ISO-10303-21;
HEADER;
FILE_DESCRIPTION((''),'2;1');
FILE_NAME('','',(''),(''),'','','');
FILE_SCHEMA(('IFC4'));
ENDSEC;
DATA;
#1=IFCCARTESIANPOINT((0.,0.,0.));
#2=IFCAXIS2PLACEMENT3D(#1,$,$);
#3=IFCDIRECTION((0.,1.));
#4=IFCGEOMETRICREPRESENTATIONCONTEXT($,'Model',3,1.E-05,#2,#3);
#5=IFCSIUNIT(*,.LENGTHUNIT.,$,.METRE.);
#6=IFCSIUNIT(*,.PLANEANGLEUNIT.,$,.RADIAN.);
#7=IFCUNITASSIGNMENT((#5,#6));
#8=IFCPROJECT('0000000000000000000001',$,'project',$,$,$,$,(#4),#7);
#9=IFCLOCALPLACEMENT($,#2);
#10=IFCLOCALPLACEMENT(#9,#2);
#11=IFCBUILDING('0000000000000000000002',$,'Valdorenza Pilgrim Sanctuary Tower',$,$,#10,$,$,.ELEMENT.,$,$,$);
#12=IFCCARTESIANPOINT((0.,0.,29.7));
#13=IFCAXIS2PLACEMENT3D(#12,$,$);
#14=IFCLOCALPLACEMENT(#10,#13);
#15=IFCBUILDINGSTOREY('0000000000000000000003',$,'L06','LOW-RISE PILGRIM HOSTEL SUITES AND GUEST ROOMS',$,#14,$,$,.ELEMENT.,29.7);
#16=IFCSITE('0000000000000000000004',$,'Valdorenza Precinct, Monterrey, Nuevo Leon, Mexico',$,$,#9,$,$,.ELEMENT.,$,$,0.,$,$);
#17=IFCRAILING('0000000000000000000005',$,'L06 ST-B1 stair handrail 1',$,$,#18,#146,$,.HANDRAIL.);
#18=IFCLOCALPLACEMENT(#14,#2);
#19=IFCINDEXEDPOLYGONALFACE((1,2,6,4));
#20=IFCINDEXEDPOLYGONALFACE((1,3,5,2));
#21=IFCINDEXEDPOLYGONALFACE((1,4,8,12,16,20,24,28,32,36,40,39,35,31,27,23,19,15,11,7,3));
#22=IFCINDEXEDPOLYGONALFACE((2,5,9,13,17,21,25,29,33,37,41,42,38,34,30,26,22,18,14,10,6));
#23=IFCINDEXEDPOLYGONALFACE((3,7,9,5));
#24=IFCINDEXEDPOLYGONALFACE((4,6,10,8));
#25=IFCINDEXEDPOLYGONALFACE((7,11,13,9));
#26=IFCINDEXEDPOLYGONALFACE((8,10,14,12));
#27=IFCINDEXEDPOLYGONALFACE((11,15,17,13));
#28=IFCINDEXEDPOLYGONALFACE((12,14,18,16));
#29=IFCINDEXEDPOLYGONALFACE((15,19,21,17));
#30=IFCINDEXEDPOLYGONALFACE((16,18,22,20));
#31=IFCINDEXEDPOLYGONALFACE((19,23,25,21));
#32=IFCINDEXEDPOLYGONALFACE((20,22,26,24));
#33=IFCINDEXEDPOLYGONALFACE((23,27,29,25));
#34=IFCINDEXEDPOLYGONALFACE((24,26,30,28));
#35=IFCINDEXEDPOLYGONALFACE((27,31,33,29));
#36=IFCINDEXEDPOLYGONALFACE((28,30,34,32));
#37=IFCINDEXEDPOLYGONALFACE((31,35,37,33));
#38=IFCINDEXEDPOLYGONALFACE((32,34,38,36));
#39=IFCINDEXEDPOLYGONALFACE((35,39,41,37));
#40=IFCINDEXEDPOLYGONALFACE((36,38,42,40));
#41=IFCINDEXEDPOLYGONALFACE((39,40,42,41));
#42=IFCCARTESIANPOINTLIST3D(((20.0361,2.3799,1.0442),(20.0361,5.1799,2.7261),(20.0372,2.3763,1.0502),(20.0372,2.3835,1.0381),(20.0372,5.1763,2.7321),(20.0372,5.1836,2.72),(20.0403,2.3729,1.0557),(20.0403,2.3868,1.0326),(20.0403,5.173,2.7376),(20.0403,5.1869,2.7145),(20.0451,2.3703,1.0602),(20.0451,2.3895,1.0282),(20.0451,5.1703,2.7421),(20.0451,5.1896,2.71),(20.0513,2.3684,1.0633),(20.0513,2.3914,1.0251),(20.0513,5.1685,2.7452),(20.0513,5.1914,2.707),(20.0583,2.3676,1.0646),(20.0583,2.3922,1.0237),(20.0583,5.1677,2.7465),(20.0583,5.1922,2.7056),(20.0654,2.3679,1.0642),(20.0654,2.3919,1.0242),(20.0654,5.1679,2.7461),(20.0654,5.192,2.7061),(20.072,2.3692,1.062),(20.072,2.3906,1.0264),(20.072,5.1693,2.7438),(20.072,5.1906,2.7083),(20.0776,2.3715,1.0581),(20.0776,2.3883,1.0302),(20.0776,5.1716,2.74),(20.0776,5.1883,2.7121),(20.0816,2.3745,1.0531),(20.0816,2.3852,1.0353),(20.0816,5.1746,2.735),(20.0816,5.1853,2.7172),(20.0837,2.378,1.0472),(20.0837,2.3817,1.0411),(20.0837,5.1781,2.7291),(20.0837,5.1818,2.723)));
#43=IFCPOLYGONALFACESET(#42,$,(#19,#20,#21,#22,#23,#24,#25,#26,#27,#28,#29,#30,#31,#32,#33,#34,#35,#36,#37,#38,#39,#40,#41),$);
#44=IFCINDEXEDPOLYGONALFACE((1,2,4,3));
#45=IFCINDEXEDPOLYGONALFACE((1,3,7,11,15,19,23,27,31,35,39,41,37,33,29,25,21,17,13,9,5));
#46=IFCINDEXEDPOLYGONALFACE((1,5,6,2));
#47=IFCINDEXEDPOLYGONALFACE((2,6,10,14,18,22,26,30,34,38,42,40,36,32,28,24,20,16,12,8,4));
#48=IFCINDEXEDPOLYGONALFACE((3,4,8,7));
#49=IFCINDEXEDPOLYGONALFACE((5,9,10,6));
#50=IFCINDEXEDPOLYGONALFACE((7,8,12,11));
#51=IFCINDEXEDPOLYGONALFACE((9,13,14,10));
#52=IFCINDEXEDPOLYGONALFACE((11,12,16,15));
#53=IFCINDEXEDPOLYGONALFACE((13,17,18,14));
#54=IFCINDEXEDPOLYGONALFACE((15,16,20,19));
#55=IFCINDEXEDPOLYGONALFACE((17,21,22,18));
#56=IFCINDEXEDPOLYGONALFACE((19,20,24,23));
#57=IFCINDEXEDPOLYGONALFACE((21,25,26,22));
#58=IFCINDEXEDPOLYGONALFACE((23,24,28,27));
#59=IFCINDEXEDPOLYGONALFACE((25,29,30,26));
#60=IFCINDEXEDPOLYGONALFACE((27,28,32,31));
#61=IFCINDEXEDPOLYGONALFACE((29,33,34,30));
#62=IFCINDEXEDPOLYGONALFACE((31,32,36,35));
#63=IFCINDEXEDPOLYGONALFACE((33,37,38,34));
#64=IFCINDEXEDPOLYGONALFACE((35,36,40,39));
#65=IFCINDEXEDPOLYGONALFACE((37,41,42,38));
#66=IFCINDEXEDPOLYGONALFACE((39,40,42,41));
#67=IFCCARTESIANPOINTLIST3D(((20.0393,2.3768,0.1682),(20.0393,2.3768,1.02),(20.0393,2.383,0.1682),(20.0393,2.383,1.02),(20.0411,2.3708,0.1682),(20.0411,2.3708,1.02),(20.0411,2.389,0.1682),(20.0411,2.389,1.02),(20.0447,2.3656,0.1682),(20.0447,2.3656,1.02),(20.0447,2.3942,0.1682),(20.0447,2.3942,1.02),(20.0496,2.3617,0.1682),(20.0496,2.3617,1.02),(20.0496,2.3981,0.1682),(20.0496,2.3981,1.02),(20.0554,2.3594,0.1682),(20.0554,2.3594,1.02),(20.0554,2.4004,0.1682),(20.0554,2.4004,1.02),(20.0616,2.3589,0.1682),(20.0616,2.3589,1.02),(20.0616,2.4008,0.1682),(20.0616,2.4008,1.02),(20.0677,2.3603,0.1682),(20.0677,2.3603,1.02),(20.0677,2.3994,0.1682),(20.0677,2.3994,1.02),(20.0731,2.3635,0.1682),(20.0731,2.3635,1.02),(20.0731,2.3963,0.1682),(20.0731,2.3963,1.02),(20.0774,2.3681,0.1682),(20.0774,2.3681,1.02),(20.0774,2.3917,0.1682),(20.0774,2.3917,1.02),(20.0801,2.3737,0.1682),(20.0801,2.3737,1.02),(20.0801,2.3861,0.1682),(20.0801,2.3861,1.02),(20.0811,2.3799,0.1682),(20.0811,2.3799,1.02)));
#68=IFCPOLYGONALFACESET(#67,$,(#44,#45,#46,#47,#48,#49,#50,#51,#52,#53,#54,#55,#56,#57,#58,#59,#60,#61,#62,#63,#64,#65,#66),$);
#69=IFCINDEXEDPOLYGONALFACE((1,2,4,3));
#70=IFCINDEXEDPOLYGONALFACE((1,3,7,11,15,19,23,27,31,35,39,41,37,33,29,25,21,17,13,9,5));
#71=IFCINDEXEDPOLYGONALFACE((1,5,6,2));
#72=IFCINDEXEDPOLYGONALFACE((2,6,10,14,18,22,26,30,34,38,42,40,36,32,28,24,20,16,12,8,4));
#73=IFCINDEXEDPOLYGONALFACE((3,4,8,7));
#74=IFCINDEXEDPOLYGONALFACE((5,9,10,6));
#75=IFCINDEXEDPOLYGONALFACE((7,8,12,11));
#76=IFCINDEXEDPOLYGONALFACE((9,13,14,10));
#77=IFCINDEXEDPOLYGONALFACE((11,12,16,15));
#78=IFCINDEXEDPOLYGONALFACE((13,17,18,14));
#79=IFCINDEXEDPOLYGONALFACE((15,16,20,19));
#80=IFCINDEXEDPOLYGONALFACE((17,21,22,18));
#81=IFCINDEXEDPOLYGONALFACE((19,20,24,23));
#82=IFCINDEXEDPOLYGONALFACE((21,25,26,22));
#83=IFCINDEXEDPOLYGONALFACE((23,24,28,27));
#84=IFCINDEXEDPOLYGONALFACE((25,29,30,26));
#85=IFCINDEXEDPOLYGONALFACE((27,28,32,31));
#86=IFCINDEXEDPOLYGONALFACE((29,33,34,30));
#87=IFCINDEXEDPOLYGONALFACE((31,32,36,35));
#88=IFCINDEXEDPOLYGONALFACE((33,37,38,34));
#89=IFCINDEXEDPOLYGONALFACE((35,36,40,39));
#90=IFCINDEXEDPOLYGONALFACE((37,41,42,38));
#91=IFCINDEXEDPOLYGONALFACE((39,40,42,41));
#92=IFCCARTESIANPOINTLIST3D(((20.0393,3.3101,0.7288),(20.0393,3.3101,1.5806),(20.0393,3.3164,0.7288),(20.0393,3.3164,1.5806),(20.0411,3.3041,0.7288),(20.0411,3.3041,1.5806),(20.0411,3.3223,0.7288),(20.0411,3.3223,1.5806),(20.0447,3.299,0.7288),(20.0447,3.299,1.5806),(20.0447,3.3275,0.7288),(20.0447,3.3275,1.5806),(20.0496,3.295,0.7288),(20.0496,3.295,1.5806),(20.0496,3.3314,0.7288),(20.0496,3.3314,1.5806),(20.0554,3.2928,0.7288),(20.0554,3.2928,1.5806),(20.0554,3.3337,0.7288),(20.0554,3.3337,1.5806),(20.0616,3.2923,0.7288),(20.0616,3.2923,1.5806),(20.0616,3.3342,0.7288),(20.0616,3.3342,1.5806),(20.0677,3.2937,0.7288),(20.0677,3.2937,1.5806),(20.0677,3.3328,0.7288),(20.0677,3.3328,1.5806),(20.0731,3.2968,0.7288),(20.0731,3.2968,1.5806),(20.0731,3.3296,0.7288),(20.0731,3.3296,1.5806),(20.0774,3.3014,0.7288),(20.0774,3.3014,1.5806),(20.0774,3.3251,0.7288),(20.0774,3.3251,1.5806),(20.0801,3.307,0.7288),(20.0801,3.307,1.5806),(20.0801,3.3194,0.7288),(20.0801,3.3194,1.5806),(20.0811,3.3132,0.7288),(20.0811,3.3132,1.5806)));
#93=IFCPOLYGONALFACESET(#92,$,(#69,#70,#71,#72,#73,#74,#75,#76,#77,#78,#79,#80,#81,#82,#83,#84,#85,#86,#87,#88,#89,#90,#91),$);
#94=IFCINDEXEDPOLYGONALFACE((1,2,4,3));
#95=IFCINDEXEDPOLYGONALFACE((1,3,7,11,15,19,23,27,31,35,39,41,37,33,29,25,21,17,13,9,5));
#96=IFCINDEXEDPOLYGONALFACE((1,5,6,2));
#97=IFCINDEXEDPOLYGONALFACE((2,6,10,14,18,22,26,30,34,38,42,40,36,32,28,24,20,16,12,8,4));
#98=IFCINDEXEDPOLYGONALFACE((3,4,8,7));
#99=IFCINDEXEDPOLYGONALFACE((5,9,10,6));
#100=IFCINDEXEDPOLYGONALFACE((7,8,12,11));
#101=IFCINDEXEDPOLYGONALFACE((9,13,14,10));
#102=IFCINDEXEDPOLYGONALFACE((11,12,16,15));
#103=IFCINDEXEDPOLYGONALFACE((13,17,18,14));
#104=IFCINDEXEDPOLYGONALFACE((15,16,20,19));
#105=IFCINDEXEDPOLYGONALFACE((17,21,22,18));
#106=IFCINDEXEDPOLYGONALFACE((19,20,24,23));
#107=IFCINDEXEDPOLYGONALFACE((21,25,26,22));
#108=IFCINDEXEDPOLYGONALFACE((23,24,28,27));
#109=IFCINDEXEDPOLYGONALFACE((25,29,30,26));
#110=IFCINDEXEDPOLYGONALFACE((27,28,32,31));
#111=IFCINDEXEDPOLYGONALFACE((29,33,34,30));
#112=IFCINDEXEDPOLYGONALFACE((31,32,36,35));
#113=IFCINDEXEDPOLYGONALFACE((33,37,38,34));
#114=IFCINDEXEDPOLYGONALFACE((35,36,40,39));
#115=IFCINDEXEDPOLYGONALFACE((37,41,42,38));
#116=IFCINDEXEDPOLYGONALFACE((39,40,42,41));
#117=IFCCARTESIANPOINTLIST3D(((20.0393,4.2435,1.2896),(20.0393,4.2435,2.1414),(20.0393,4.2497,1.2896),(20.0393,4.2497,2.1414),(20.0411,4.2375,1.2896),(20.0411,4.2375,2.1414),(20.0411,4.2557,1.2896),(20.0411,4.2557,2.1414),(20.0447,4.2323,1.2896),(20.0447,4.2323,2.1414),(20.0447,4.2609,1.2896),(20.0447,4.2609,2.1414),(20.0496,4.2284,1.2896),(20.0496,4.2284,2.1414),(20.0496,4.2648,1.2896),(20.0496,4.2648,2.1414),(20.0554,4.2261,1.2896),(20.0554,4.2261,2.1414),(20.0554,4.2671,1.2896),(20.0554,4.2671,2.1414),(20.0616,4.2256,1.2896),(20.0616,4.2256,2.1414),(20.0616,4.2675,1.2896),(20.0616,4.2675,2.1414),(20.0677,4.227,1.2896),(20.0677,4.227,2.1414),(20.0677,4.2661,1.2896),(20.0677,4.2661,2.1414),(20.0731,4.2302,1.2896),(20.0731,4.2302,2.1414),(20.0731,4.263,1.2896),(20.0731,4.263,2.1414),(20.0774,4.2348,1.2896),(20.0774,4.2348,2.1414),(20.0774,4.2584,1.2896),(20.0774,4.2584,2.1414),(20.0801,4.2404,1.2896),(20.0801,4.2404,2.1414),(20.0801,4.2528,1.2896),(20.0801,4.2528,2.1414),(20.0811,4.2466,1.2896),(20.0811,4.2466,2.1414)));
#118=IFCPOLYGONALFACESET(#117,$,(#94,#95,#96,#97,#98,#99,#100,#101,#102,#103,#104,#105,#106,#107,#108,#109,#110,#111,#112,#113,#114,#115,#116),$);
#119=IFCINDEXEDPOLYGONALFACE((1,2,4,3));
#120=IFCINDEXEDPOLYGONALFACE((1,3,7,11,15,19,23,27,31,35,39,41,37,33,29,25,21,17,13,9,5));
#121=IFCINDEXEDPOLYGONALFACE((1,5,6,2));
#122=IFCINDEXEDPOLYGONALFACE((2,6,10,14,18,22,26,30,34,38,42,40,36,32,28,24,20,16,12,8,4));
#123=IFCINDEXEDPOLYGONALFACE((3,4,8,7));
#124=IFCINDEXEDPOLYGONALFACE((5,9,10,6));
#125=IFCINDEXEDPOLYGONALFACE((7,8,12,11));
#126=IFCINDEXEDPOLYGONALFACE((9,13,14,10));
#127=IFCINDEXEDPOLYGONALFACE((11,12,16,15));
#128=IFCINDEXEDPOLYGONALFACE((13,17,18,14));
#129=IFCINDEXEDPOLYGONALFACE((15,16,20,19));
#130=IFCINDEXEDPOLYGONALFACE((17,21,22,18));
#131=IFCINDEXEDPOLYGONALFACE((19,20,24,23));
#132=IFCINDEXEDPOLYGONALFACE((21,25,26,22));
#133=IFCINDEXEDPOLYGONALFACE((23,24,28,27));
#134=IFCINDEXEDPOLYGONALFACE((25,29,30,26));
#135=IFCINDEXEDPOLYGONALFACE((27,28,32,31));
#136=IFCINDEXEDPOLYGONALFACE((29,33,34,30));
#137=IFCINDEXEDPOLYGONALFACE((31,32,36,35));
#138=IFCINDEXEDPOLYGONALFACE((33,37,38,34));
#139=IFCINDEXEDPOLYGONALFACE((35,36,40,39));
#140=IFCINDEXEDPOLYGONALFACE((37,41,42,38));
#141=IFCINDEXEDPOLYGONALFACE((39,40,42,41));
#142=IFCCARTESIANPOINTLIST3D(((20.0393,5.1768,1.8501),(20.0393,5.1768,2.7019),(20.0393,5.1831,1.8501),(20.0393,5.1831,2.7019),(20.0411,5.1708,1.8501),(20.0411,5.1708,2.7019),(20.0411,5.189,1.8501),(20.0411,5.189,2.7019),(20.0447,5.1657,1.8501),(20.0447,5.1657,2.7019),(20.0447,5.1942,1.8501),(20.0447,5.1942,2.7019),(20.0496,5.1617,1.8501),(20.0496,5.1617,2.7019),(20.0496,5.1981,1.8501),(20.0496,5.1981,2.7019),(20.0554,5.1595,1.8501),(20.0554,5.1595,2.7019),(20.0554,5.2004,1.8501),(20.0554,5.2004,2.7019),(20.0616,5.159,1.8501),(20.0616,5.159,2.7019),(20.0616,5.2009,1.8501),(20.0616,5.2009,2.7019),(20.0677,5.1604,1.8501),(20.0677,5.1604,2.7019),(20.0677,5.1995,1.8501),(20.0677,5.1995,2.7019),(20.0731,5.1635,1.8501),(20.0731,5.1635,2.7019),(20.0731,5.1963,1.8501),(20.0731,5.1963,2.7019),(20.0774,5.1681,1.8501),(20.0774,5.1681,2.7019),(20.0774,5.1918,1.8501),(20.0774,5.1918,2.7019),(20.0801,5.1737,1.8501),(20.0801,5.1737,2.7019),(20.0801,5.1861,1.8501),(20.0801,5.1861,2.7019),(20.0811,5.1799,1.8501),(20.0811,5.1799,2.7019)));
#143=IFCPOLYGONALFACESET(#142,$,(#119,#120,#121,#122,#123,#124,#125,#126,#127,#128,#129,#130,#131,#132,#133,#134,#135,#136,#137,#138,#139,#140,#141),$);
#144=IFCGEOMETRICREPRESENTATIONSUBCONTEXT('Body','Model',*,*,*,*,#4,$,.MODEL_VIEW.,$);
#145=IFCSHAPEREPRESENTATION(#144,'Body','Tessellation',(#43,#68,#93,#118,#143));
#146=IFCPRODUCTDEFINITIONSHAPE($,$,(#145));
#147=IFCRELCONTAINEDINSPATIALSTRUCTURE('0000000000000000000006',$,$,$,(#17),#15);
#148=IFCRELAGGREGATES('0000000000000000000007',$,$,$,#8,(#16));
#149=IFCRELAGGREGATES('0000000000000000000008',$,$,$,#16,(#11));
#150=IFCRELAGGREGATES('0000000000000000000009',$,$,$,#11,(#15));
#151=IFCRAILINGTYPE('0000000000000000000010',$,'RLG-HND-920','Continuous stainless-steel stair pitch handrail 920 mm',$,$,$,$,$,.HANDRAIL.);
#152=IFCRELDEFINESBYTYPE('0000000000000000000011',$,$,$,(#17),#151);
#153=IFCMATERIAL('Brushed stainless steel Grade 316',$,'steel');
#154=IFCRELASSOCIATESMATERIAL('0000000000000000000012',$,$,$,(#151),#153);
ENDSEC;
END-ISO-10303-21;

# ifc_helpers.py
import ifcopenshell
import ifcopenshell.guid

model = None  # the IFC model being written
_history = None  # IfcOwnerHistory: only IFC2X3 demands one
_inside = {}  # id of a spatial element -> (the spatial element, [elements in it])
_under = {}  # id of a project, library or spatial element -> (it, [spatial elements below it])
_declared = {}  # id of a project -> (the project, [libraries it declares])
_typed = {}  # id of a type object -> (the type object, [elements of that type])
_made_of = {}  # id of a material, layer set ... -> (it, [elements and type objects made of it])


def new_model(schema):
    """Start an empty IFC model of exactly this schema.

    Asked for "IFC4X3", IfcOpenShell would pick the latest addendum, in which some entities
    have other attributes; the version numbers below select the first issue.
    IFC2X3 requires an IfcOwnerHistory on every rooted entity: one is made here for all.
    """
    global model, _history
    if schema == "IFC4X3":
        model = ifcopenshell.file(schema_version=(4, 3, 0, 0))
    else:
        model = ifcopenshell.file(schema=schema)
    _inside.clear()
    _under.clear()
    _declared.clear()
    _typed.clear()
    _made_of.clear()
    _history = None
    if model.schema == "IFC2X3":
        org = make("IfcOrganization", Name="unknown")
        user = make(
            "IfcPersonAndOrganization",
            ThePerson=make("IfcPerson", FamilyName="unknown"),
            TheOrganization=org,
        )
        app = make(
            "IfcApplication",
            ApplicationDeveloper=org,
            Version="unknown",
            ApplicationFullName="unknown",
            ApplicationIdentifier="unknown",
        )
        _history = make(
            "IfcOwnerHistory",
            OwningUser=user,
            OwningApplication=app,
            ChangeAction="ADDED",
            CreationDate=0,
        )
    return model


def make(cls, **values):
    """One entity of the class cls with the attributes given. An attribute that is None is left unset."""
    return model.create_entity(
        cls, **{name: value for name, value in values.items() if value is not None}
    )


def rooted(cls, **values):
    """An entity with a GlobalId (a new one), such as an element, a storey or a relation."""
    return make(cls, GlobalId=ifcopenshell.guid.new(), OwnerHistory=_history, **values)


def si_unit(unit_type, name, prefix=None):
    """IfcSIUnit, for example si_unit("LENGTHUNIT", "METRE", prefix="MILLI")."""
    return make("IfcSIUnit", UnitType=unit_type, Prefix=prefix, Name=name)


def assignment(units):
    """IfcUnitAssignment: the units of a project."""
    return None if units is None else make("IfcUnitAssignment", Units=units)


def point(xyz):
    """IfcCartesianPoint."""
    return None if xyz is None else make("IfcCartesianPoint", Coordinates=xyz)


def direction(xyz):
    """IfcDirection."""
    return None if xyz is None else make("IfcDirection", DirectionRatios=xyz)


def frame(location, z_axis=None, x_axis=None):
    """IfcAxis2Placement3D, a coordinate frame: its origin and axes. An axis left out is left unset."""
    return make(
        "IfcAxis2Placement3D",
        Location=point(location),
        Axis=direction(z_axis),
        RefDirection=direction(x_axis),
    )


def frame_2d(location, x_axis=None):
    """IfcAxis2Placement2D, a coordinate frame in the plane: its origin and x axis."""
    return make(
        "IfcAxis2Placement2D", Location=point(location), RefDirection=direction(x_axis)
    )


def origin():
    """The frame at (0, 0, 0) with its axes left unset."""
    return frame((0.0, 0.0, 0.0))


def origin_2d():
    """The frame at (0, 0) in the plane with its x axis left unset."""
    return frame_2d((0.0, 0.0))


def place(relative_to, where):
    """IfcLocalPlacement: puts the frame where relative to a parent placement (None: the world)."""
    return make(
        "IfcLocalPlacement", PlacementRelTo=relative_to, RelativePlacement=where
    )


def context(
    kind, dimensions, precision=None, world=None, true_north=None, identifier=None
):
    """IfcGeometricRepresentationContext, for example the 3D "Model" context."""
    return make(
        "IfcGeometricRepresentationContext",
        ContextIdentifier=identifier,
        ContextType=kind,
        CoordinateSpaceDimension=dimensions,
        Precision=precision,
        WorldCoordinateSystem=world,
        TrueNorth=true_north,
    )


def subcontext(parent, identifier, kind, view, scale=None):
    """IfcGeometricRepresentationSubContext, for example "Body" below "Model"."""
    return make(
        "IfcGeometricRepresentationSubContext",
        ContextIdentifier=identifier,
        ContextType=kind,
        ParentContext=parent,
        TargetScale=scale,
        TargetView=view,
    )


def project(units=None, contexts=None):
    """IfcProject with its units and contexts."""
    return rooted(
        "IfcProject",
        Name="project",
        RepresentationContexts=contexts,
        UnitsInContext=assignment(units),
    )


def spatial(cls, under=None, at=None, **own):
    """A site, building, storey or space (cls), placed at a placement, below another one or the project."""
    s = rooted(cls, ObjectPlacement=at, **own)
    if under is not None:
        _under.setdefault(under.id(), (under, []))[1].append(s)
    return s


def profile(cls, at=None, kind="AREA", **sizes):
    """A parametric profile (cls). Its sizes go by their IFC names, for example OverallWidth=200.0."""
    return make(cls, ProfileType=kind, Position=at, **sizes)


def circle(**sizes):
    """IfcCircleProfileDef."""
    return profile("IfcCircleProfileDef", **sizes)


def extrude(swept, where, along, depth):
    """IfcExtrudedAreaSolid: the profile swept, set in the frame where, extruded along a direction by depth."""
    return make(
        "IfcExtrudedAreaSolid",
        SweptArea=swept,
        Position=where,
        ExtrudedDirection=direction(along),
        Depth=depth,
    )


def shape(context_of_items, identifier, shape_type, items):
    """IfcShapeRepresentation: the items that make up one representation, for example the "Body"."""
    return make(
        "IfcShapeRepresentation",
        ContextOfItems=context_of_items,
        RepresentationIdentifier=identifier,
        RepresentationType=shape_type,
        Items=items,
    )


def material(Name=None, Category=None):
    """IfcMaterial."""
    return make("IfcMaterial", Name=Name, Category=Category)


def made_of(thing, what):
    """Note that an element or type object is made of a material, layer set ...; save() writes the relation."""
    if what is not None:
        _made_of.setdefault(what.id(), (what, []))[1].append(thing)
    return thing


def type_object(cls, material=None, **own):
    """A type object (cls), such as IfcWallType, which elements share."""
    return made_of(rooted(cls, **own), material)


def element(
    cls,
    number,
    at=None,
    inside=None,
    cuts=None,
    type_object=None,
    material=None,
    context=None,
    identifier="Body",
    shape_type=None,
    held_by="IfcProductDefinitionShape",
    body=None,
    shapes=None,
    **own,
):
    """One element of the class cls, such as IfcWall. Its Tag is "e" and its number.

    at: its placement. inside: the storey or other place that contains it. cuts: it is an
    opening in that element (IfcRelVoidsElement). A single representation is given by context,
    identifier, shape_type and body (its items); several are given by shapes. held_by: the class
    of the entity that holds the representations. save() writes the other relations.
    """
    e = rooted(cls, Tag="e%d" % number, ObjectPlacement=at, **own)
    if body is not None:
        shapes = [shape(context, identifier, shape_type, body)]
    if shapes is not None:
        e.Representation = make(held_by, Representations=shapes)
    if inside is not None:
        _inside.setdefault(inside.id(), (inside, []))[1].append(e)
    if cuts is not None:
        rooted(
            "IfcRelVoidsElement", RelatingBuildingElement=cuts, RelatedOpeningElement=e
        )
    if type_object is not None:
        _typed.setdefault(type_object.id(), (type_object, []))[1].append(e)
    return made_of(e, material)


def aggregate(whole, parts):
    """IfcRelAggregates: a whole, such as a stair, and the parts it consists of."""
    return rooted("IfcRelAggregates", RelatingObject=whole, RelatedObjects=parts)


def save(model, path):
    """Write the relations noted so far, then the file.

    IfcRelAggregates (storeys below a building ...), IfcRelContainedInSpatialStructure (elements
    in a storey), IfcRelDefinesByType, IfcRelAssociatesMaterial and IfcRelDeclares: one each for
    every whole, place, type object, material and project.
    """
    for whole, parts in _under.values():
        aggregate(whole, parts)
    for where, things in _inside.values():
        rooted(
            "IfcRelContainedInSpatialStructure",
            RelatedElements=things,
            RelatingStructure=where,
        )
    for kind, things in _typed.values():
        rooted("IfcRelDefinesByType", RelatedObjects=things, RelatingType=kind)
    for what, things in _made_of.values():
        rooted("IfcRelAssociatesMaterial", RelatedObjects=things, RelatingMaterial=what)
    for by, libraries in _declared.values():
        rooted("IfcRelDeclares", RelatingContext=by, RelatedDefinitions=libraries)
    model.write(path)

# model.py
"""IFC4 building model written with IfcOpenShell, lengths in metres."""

from ifc_helpers import new_model, si_unit, direction, frame, origin, origin_2d, place, context, subcontext, project, spatial, circle, extrude, material, type_object, element, save


model = new_model("IFC4")

# Units and contexts
model_context = context("Model", 3, precision=1e-05, world=origin(), true_north=direction((0.0, 1.0)))
body_context = subcontext(model_context, "Body", "Model", "MODEL_VIEW")
ifc_project = project(units=[si_unit("LENGTHUNIT", "METRE"), si_unit("PLANEANGLEUNIT", "RADIAN")], contexts=[model_context])

# Site, building, storey
site_placement = place(None, origin())
site = spatial("IfcSite", under=ifc_project, at=site_placement, Name="Valdorenza Precinct, Monterrey, Nuevo Leon, Mexico", CompositionType="ELEMENT", RefElevation=0.0)
building_placement = place(site_placement, origin())
building = spatial("IfcBuilding", under=site, at=building_placement, Name="Valdorenza Pilgrim Sanctuary Tower", CompositionType="ELEMENT")
storey_placement = place(building_placement, frame((0.0, 0.0, 29.7)))
storey = spatial("IfcBuildingStorey", under=building, at=storey_placement, Name="L06", Description="LOW-RISE PILGRIM HOSTEL SUITES AND GUEST ROOMS", CompositionType="ELEMENT", Elevation=29.7)

# Railing
ifc_material_1 = material(Name="Brushed stainless steel Grade 316", Category="steel")
railing_type_1 = type_object("IfcRailingType", Name="RLG-HND-920", Description="Continuous stainless-steel stair pitch handrail 920 mm", PredefinedType="HANDRAIL", material=ifc_material_1)
railing_1_placement = place(storey_placement, frame((20.0601, 2.3799, 0.1682)))
element("IfcRailing", 1, at=railing_1_placement, inside=storey, type_object=railing_type_1, Name="L06 ST-B1 stair handrail 1", PredefinedType="HANDRAIL", context=body_context, shape_type="SweptSolid", body=[
    extrude(circle(Radius=0.0239, at=origin_2d()), frame((0.0, 0.0, 0.876), z_axis=(0.0, 0.857242, 0.514913), x_axis=(-1.0, 0.0, 0.0)), (0.0, 0.0, 1.0), 3.2664),
    extrude(circle(Radius=0.021, at=origin_2d()), origin(), (0.0, 0.0, 1.0), 0.8518),
    extrude(circle(Radius=0.021, at=origin_2d()), frame((0.0, 0.9333, 0.5605)), (0.0, 0.0, 1.0), 0.8518),
    extrude(circle(Radius=0.021, at=origin_2d()), frame((0.0, 1.8667, 1.1213)), (0.0, 0.0, 1.0), 0.8518),
    extrude(circle(Radius=0.021, at=origin_2d()), frame((0.0, 2.8, 1.6819)), (0.0, 0.0, 1.0), 0.8518),
])

save(model, "model.ifc")
